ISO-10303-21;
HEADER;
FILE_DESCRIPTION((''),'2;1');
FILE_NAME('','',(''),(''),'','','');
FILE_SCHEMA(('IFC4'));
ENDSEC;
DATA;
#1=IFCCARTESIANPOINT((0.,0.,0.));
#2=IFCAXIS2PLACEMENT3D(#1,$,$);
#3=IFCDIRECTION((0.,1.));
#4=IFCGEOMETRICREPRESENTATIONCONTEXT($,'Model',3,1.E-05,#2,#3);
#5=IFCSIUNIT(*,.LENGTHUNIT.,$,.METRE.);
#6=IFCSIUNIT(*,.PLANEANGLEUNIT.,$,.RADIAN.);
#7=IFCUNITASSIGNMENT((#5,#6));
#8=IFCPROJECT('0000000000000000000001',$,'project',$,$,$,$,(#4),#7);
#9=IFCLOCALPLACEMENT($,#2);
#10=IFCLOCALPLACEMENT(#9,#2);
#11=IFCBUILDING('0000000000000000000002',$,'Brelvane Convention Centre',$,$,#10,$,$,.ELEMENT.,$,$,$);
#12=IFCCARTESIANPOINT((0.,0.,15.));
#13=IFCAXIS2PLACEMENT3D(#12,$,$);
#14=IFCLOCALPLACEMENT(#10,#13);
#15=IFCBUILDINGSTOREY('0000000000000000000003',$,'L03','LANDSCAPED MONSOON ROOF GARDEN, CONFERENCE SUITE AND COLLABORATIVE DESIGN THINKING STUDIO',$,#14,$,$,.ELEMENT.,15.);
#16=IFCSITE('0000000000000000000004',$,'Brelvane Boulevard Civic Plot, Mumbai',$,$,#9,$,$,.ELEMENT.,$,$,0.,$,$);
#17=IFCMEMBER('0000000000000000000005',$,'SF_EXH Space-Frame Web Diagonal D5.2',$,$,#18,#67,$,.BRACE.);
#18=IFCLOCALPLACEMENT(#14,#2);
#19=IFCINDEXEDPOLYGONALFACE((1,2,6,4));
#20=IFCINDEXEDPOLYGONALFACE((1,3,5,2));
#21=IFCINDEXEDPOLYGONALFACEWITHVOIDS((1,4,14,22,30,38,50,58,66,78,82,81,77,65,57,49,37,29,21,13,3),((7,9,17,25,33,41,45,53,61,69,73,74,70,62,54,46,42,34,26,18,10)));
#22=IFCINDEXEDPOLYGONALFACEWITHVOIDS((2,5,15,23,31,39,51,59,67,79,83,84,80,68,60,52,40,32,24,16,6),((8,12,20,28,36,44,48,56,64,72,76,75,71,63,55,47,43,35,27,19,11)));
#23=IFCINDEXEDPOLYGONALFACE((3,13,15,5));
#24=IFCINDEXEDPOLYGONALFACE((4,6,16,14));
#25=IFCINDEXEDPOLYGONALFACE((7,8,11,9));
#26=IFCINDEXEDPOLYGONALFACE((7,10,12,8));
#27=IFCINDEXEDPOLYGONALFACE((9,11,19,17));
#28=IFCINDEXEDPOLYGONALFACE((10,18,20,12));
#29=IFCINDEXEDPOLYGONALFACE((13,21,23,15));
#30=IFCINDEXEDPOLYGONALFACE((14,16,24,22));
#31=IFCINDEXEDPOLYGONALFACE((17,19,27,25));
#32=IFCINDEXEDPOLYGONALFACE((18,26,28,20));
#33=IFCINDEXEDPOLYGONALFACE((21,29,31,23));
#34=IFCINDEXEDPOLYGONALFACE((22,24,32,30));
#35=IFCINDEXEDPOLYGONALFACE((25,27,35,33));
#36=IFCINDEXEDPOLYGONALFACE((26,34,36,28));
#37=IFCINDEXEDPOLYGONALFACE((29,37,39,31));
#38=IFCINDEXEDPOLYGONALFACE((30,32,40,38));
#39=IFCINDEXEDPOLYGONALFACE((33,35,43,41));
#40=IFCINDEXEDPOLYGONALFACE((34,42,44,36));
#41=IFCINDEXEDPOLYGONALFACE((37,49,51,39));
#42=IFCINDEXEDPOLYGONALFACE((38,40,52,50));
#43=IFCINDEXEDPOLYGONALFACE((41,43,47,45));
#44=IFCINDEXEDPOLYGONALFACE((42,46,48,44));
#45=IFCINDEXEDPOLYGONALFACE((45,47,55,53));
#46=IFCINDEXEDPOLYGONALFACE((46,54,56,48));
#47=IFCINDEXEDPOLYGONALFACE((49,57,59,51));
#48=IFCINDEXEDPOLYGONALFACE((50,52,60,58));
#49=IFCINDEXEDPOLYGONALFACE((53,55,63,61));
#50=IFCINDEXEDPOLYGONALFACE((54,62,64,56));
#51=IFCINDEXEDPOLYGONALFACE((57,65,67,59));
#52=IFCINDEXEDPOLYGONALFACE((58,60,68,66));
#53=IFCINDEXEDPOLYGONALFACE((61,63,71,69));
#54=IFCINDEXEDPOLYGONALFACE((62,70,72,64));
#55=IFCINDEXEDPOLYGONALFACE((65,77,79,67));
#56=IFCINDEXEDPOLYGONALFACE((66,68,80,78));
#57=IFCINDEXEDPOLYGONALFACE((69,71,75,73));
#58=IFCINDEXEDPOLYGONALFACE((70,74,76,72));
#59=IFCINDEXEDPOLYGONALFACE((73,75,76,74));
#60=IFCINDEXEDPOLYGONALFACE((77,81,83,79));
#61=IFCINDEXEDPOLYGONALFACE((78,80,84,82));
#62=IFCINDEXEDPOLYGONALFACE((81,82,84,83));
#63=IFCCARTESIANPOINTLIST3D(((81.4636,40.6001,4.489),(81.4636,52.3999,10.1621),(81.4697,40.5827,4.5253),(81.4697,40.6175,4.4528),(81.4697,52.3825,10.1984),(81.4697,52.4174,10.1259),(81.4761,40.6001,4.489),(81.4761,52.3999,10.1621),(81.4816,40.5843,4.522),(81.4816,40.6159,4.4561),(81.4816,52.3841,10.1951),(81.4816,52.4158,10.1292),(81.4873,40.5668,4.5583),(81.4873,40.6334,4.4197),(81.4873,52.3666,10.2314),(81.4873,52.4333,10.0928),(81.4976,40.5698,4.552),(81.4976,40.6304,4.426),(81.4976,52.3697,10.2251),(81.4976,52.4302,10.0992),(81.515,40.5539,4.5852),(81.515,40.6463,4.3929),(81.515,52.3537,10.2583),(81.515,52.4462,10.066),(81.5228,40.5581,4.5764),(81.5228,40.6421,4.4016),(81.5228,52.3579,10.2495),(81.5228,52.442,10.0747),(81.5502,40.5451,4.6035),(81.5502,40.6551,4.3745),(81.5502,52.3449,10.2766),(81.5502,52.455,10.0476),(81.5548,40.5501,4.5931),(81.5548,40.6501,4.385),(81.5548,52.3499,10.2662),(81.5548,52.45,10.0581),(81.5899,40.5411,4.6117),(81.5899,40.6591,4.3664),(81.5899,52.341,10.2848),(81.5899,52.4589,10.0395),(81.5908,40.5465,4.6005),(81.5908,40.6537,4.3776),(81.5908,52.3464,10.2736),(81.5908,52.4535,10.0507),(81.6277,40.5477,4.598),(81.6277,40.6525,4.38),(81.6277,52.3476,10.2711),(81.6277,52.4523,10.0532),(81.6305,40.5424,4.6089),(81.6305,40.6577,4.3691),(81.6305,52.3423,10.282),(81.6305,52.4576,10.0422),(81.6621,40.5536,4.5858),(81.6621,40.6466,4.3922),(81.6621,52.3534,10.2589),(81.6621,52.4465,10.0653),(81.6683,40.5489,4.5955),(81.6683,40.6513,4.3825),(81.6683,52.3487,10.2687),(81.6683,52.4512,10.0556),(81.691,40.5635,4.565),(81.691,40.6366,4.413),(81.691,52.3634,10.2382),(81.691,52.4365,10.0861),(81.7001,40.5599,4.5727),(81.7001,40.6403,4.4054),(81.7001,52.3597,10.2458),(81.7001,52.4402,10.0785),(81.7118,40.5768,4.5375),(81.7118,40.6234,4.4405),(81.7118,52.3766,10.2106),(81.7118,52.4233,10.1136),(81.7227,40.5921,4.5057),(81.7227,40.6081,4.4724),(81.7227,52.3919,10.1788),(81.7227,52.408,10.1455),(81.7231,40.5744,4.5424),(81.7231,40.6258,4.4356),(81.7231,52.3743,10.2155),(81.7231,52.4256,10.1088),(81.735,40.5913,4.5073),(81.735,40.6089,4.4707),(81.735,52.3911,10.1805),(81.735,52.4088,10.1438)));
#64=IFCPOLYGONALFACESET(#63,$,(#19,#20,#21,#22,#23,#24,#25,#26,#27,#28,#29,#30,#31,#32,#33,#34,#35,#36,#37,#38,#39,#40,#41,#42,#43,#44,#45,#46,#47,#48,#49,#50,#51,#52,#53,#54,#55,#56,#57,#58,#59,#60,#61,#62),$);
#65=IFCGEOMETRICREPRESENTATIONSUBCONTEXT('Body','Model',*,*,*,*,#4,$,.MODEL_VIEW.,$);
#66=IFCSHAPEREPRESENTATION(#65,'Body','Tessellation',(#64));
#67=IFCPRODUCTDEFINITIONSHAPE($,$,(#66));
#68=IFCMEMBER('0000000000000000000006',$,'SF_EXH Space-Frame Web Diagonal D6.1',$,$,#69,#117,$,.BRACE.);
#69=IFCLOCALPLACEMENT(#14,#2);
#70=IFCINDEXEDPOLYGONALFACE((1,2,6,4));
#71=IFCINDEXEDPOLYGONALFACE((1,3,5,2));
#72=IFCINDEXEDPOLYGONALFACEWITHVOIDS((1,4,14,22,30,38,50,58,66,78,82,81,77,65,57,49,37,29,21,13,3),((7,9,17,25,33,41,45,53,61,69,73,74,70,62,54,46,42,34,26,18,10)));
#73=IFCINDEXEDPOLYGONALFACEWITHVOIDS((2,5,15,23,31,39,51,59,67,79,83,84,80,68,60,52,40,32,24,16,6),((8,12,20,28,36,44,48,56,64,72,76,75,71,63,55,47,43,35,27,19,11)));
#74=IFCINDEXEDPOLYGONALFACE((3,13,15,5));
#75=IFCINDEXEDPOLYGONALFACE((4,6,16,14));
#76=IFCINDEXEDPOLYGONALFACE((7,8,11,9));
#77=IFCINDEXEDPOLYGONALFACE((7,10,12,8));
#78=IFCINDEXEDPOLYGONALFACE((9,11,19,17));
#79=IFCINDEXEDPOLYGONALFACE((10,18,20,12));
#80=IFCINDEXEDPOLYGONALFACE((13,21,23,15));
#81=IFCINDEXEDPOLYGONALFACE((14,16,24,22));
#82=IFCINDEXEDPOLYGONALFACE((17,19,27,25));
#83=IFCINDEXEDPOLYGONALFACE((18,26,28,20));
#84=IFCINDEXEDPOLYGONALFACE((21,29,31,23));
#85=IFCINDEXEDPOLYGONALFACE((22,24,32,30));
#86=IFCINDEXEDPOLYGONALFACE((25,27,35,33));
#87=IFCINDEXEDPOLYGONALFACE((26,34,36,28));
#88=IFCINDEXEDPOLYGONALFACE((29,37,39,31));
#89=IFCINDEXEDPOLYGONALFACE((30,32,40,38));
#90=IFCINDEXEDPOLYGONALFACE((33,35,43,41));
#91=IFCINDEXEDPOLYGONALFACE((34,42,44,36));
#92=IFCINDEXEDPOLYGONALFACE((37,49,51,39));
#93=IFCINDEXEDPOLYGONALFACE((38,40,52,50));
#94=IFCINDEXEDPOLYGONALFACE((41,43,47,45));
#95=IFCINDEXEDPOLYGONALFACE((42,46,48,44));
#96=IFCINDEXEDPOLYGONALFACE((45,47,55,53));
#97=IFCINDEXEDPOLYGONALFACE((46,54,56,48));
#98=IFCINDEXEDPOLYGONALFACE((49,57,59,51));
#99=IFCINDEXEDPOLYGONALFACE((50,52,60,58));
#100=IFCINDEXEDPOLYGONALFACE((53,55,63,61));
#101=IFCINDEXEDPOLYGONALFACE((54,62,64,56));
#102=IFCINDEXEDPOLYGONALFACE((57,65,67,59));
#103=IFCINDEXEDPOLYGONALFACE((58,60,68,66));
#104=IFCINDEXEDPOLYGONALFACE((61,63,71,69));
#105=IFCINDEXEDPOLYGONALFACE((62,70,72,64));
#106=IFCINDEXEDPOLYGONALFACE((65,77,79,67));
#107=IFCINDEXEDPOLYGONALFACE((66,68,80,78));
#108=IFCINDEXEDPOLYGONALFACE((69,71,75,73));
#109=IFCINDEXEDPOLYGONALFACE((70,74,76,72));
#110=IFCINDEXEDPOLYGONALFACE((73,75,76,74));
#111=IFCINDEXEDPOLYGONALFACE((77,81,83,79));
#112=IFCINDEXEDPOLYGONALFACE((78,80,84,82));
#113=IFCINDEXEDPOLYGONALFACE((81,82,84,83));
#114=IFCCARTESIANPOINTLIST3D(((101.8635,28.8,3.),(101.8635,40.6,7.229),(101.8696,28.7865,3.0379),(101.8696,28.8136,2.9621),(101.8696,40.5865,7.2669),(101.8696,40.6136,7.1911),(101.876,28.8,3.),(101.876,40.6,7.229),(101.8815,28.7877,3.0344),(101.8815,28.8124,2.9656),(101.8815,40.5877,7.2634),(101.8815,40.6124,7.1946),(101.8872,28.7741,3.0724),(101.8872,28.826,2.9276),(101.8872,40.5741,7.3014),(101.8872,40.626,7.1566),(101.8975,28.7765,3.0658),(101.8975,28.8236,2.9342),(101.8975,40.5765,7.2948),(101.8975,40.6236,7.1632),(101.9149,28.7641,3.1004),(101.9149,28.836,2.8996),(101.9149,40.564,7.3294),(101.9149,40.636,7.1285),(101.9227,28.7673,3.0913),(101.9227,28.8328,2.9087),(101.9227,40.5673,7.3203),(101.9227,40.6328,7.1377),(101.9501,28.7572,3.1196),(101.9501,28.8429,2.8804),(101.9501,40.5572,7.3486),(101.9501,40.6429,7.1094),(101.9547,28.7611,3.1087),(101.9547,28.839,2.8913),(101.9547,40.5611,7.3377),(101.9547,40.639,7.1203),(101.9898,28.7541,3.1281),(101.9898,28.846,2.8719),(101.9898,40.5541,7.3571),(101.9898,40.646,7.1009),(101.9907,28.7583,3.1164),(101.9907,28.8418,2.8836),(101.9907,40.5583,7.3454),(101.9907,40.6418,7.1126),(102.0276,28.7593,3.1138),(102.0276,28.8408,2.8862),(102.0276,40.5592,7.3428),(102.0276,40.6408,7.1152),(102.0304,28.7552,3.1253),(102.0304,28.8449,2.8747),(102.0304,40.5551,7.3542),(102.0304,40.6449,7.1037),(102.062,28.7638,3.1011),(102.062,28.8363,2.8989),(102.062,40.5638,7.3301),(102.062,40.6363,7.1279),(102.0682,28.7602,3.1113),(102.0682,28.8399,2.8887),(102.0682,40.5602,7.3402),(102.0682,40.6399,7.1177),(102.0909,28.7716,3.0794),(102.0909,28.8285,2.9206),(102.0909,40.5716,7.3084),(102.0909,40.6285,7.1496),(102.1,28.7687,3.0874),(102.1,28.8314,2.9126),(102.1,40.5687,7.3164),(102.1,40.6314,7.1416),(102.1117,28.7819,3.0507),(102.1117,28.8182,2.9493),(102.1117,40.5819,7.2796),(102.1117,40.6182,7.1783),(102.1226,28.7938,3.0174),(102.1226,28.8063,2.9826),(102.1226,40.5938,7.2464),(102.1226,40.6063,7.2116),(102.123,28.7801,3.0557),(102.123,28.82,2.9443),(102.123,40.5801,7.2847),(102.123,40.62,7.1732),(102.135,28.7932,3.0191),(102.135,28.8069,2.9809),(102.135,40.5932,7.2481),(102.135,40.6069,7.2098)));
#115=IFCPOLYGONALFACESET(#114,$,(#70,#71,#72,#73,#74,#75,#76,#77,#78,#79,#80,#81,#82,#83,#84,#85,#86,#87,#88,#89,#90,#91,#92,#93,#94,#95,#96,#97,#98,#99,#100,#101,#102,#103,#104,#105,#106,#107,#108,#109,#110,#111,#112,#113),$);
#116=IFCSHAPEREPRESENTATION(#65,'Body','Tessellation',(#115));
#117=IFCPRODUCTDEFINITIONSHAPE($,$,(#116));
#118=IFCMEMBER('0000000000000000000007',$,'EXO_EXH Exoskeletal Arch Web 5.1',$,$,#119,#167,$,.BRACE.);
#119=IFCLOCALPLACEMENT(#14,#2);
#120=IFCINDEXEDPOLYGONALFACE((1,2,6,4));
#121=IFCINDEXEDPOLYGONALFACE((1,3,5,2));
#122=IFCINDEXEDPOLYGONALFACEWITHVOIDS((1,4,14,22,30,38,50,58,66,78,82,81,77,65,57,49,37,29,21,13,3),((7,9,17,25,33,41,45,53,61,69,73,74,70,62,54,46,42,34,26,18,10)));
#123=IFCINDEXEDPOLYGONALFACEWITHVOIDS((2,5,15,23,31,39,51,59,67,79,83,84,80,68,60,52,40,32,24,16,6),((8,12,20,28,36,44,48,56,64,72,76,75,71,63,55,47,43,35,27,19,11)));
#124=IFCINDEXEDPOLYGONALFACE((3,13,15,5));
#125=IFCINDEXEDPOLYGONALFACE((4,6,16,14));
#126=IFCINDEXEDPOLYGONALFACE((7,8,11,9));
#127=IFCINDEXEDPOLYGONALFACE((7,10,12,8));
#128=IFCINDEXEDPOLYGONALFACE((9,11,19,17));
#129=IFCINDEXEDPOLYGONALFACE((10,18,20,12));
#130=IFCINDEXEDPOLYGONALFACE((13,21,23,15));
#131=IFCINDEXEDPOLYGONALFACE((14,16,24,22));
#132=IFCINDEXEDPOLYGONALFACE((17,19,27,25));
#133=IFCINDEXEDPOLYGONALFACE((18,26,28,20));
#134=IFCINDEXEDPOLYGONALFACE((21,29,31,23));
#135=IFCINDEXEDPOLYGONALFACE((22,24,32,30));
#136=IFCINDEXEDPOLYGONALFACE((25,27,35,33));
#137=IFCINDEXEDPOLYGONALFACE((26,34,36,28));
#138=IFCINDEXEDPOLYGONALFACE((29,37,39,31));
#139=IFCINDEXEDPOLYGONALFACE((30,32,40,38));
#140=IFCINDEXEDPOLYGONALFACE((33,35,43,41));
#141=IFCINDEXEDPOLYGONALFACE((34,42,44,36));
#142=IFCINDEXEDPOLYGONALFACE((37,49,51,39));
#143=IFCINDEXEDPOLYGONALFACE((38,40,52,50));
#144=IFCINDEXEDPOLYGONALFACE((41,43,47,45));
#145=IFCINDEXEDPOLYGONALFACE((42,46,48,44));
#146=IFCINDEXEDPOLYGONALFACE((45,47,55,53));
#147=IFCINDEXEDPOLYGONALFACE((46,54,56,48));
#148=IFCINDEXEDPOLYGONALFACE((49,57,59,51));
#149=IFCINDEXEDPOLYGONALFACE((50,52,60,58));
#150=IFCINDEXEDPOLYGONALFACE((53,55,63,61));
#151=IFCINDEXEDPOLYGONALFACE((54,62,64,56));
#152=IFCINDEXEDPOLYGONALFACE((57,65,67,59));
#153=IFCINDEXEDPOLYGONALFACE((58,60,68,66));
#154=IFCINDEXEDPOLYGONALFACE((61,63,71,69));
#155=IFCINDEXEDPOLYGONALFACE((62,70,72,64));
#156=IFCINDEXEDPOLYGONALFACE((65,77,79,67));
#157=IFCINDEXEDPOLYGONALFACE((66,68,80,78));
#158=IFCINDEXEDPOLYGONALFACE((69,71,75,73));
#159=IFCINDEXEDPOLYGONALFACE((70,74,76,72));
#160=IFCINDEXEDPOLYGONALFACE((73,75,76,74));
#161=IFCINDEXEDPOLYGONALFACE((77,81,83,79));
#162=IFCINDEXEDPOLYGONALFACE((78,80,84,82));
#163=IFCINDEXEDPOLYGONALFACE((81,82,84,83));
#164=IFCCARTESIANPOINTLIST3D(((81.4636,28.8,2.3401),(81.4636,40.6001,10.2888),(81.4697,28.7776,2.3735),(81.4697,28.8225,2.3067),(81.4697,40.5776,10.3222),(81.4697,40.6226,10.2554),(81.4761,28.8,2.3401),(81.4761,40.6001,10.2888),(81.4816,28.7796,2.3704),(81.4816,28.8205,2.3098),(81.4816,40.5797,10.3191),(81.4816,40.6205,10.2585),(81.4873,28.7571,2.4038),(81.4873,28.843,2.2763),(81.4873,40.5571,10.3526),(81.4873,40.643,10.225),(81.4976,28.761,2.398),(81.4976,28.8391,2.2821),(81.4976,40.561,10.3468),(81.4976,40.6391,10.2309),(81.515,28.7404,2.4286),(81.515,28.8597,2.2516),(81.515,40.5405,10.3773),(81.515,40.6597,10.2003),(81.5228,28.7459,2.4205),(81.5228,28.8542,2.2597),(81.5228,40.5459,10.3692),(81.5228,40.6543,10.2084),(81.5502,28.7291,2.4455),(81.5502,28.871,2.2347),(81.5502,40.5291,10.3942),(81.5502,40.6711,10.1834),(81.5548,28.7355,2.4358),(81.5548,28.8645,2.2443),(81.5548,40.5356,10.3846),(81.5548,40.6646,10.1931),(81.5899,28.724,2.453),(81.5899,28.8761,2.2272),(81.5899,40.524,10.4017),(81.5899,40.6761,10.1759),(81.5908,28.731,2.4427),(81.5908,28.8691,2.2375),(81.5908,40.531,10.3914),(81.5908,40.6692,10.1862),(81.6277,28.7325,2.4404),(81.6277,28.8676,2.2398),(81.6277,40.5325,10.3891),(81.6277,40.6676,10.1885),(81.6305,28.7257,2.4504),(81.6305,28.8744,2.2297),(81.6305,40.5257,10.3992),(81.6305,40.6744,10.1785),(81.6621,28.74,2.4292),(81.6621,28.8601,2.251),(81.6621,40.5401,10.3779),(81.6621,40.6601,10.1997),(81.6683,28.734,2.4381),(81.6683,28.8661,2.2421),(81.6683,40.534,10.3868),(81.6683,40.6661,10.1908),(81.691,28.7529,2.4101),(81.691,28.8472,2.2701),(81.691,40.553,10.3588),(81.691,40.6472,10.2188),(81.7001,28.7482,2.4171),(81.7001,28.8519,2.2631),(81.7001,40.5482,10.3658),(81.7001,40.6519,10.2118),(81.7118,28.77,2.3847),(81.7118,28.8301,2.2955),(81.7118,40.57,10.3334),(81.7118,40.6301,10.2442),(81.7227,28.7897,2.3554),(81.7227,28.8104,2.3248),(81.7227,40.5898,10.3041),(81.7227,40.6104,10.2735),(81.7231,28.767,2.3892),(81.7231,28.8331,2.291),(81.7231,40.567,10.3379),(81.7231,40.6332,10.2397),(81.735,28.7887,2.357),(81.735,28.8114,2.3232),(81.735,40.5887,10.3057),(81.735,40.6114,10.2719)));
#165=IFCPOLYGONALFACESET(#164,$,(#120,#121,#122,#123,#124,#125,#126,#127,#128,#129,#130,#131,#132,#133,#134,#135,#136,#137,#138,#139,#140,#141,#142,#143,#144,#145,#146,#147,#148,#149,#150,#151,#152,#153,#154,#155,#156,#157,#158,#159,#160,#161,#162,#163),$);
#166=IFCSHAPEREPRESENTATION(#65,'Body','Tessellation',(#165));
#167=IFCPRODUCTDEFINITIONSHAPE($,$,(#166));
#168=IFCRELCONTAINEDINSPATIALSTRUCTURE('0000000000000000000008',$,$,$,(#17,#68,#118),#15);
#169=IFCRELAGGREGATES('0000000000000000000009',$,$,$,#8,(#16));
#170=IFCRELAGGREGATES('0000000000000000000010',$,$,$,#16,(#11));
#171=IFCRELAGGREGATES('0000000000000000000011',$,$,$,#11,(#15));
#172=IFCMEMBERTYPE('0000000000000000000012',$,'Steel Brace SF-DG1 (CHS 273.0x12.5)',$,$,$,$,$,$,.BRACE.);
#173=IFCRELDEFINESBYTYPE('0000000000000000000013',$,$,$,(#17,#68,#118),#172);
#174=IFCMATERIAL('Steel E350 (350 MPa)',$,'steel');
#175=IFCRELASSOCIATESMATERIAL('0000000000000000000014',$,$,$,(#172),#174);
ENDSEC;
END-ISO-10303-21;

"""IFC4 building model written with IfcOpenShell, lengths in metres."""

from ifc_helpers import new_model, si_unit, direction, frame, origin, origin_2d, place, context, subcontext, project, spatial, hollow_circle, extrude, material, material_profile, profile_set, type_object, element, save


model = new_model("IFC4")

# Units and contexts
model_context = context("Model", 3, precision=1e-05, world=origin(), true_north=direction((0.0, 1.0)))
body_context = subcontext(model_context, "Body", "Model", "MODEL_VIEW")
ifc_project = project(units=[si_unit("LENGTHUNIT", "METRE"), si_unit("PLANEANGLEUNIT", "RADIAN")], contexts=[model_context])

# Site, building, storey
site_placement = place(None, origin())
site = spatial("IfcSite", under=ifc_project, at=site_placement, Name="Brelvane Boulevard Civic Plot, Mumbai", CompositionType="ELEMENT", RefElevation=0.0)
building_placement = place(site_placement, origin())
building = spatial("IfcBuilding", under=site, at=building_placement, Name="Brelvane Convention Centre", CompositionType="ELEMENT")
storey_placement = place(building_placement, frame((0.0, 0.0, 15.0)))
storey = spatial("IfcBuildingStorey", under=building, at=storey_placement, Name="L03", Description="LANDSCAPED MONSOON ROOF GARDEN, CONFERENCE SUITE AND COLLABORATIVE DESIGN THINKING STUDIO", CompositionType="ELEMENT", Elevation=15.0)

# Members
ifc_material_1 = material(Name="Steel E350 (350 MPa)", Category="steel")
ifc_material_profile_1 = material_profile(ifc_material_1, hollow_circle(Radius=0.1365, WallThickness=0.0125, at=origin_2d()), Name="CHS 273.0x12.5")
ifc_profile_set_1 = profile_set([ifc_material_profile_1], Name="Steel E350 (350 MPa)")
member_type_1 = type_object("IfcMemberType", Name="Steel Brace SF-DG1 (CHS 273.0x12.5)", PredefinedType="BRACE", material=ifc_profile_set_1)
member_1_placement = place(storey_placement, frame((81.6001, 40.6001, 4.489), z_axis=(0.0, 0.901249, 0.433301), x_axis=(-1.0, 0.0, 0.0)))
element("IfcMember", 1, at=member_1_placement, inside=storey, type_object=member_type_1, Name="SF_EXH Space-Frame Web Diagonal D5.2", PredefinedType="BRACE", context=body_context, shape_type="SweptSolid", body=[
    extrude(hollow_circle(Radius=0.1365, WallThickness=0.0125, at=origin_2d()), origin(), (0.0, 0.0, 1.0), 13.0928),
])
member_2_placement = place(storey_placement, frame((102.0, 28.8, 3.0), z_axis=(0.0, 0.94137, 0.337376), x_axis=(-1.0, 0.0, 0.0)))
element("IfcMember", 2, at=member_2_placement, inside=storey, type_object=member_type_1, Name="SF_EXH Space-Frame Web Diagonal D6.1", PredefinedType="BRACE", context=body_context, shape_type="SweptSolid", body=[
    extrude(hollow_circle(Radius=0.1365, WallThickness=0.0125, at=origin_2d()), origin(), (0.0, 0.0, 1.0), 12.5349),
])
member_3_placement = place(storey_placement, frame((81.6001, 28.8, 2.3401), z_axis=(0.0, 0.82938, 0.558685), x_axis=(-1.0, 0.0, 0.0)))
element("IfcMember", 3, at=member_3_placement, inside=storey, type_object=member_type_1, Name="EXO_EXH Exoskeletal Arch Web 5.1", PredefinedType="BRACE", context=body_context, shape_type="SweptSolid", body=[
    extrude(hollow_circle(Radius=0.1365, WallThickness=0.0125, at=origin_2d()), origin(), (0.0, 0.0, 1.0), 14.2275),
])

save(model, "model.ifc")
